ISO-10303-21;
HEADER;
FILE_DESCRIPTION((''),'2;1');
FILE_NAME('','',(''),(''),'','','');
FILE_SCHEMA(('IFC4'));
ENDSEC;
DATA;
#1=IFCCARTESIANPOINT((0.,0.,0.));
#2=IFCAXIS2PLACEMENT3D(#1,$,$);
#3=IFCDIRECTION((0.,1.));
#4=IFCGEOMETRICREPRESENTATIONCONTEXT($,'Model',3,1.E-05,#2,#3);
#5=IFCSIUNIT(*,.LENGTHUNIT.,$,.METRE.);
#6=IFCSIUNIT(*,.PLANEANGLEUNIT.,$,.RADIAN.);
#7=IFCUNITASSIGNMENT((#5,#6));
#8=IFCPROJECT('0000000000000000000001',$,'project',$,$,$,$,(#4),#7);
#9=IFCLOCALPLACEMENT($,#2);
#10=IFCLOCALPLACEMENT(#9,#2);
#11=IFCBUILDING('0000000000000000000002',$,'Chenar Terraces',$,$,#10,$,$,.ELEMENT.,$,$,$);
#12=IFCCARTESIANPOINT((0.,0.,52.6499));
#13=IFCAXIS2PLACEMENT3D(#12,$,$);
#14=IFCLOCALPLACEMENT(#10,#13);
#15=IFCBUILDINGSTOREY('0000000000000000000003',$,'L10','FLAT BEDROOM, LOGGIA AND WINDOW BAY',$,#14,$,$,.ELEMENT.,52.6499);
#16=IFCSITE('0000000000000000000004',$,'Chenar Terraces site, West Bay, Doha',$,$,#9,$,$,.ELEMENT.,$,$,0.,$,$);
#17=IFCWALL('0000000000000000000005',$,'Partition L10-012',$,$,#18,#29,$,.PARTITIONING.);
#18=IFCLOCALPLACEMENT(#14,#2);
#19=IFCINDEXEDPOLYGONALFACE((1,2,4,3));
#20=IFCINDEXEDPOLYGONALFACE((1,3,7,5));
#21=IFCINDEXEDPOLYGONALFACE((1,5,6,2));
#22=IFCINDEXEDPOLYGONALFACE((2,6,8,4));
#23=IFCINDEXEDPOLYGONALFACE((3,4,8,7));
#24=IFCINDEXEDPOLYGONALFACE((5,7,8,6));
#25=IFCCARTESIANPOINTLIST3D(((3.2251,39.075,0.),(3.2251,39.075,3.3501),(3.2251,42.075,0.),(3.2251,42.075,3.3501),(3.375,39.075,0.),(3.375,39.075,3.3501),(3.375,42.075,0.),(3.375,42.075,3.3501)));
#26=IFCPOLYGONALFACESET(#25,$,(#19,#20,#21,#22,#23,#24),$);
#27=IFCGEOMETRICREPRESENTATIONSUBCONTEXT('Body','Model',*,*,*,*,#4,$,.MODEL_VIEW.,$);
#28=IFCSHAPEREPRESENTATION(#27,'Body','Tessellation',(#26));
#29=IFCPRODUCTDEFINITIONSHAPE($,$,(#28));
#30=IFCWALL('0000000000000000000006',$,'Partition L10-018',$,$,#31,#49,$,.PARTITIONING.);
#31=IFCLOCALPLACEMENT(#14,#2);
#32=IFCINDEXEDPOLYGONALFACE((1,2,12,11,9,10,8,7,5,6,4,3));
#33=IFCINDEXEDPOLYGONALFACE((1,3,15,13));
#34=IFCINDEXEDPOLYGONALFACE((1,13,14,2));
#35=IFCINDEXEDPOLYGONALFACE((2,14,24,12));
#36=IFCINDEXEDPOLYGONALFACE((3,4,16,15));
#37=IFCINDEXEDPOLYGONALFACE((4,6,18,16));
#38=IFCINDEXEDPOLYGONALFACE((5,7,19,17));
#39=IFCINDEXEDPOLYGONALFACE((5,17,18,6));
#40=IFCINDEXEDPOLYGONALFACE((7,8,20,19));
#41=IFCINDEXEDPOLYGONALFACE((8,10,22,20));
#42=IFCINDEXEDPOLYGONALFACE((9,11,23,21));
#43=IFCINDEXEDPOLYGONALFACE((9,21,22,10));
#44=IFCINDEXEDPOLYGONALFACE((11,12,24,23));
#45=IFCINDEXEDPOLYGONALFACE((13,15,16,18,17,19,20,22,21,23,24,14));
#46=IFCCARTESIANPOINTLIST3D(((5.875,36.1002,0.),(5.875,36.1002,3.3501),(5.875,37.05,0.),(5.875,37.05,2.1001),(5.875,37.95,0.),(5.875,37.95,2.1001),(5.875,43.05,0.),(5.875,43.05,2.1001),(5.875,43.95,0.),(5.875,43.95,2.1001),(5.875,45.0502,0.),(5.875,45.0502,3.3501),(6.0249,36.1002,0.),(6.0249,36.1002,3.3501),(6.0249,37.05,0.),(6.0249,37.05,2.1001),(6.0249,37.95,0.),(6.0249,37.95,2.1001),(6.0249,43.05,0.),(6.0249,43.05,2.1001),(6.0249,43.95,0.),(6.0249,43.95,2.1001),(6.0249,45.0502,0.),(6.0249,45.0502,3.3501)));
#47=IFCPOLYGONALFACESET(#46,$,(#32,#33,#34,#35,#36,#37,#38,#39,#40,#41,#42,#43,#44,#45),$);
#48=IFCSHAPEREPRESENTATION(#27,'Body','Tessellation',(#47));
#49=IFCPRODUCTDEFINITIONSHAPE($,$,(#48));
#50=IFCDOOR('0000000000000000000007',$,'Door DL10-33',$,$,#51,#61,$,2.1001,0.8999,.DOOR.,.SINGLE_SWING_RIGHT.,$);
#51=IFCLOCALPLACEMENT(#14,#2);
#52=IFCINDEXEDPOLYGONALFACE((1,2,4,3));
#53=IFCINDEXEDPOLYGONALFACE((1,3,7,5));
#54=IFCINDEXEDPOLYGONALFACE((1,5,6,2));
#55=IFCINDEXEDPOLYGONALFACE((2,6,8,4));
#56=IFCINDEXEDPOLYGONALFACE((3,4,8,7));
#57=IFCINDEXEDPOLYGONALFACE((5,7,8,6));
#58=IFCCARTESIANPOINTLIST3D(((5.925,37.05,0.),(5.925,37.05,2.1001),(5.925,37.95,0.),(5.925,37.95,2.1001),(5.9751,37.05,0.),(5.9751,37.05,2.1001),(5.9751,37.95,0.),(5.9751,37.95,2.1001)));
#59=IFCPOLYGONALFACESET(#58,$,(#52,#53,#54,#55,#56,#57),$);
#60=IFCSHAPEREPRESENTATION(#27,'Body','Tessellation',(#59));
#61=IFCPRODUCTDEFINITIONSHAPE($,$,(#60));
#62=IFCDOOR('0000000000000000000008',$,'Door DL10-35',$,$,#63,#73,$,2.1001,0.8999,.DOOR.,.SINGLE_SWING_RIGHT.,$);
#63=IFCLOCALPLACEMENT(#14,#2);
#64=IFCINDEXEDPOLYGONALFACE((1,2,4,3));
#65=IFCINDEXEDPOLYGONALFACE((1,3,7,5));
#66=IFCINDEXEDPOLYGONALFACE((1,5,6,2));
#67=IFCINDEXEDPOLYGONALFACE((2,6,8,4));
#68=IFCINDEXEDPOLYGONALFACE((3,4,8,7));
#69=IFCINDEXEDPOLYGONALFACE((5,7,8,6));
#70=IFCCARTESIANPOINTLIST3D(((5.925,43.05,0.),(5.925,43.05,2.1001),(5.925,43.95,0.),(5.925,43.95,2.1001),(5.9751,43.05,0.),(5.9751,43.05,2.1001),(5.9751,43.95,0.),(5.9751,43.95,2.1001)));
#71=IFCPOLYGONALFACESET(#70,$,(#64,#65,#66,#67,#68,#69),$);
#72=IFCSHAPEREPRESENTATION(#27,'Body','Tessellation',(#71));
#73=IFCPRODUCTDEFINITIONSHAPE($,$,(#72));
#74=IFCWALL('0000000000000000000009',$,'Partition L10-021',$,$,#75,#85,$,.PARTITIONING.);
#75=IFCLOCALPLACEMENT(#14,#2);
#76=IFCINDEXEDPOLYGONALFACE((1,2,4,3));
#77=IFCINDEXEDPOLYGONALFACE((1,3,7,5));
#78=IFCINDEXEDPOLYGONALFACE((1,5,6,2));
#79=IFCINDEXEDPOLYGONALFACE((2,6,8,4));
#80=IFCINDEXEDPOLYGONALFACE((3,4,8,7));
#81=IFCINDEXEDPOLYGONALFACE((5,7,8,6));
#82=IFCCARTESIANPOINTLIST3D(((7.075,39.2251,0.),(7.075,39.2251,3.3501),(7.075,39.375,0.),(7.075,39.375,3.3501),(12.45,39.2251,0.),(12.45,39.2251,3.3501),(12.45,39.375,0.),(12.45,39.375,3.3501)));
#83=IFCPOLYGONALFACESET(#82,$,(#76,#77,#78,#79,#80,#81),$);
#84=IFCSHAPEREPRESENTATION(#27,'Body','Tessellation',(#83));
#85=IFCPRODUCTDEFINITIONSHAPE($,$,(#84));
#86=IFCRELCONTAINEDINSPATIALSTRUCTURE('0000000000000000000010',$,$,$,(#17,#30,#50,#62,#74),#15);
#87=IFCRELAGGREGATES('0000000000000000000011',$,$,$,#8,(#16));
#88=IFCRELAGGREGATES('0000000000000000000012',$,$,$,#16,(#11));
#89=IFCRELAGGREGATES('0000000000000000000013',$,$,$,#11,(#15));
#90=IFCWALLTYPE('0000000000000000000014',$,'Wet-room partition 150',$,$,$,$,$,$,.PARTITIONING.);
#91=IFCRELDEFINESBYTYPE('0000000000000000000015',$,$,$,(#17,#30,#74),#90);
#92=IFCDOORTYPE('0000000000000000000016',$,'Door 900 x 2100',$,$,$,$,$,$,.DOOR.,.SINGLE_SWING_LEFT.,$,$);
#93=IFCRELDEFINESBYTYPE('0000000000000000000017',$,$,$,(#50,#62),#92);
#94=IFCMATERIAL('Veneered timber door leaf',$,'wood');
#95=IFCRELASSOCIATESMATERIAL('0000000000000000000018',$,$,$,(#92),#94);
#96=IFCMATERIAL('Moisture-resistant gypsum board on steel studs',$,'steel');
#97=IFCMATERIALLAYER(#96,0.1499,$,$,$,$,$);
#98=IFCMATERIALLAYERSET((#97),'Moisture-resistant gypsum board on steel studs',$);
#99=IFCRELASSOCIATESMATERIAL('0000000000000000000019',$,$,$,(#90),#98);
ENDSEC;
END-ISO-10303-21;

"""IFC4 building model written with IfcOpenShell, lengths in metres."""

from ifc_helpers import new_model, si_unit, direction, frame, frame_2d, origin, place, context, subcontext, project, spatial, rectangle, extrude, material, layer, layer_set, type_object, element, fill, save


model = new_model("IFC4")

# Units and contexts
model_context = context("Model", 3, precision=1e-05, world=origin(), true_north=direction((0.0, 1.0)))
body_context = subcontext(model_context, "Body", "Model", "MODEL_VIEW")
ifc_project = project(units=[si_unit("LENGTHUNIT", "METRE"), si_unit("PLANEANGLEUNIT", "RADIAN")], contexts=[model_context])

# Site, building, storey
site_placement = place(None, origin())
site = spatial("IfcSite", under=ifc_project, at=site_placement, Name="Chenar Terraces site, West Bay, Doha", CompositionType="ELEMENT", RefElevation=0.0)
building_placement = place(site_placement, origin())
building = spatial("IfcBuilding", under=site, at=building_placement, Name="Chenar Terraces", CompositionType="ELEMENT")
storey_placement = place(building_placement, frame((0.0, 0.0, 52.6499)))
storey = spatial("IfcBuildingStorey", under=building, at=storey_placement, Name="L10", Description="FLAT BEDROOM, LOGGIA AND WINDOW BAY", CompositionType="ELEMENT", Elevation=52.6499)

# Shared definitions
ifc_material_1 = material(Name="Veneered timber door leaf", Category="wood")
door_type_1 = type_object("IfcDoorType", Name="Door 900 x 2100", OperationType="SINGLE_SWING_LEFT", PredefinedType="DOOR", material=ifc_material_1)

# Wall
ifc_material_2 = material(Name="Moisture-resistant gypsum board on steel studs", Category="steel")
ifc_layer_1 = layer(ifc_material_2, 0.1499)
ifc_layer_set_1 = layer_set([ifc_layer_1], Name="Moisture-resistant gypsum board on steel studs")
wall_type_1 = type_object("IfcWallType", Name="Wet-room partition 150", PredefinedType="PARTITIONING", material=ifc_layer_set_1)
wall_1_placement = place(storey_placement, frame((3.3, 39.075, 0.0), z_axis=(0.0, 0.0, 1.0), x_axis=(0.0, 1.0, 0.0)))
element("IfcWall", 1, at=wall_1_placement, inside=storey, type_object=wall_type_1, Name="Partition L10-012", PredefinedType="PARTITIONING", context=body_context, shape_type="SweptSolid", body=[
    extrude(rectangle(XDim=3.0, YDim=0.1499, at=frame_2d((1.5, 0.0))), origin(), (0.0, 0.0, 1.0), 3.3501),
])

# Wall, openings, doors
wall_2_placement = place(storey_placement, frame((5.95, 36.1001, 0.0), z_axis=(0.0, 0.0, 1.0), x_axis=(0.0, 1.0, 0.0)))
wall_2 = element("IfcWall", 2, at=wall_2_placement, inside=storey, type_object=wall_type_1, Name="Partition L10-018", PredefinedType="PARTITIONING", context=body_context, shape_type="SweptSolid", body=[
    extrude(rectangle(XDim=8.95, YDim=0.1499, at=frame_2d((4.4751, 0.0))), origin(), (0.0, 0.0, 1.0), 3.3501),
])
opening_1_placement = place(wall_2_placement, frame((0.95, 0.0, 0.0)))
opening_1 = element("IfcOpeningElement", 3, at=opening_1_placement, cuts=wall_2, PredefinedType="OPENING", context=body_context, shape_type="SweptSolid", body=[
    extrude(rectangle(XDim=0.8999, YDim=2.1001, at=frame_2d((0.45, 1.05))), frame((0.0, 0.085, 0.0), z_axis=(0.0, -1.0, 0.0), x_axis=(1.0, 0.0, 0.0)), (0.0, 0.0, 1.0), 0.1699),
])
opening_2_placement = place(wall_2_placement, frame((6.95, 0.0, 0.0)))
opening_2 = element("IfcOpeningElement", 4, at=opening_2_placement, cuts=wall_2, PredefinedType="OPENING", context=body_context, shape_type="SweptSolid", body=[
    extrude(rectangle(XDim=0.8999, YDim=2.1001, at=frame_2d((0.45, 1.05))), frame((0.0, 0.085, 0.0), z_axis=(0.0, -1.0, 0.0), x_axis=(1.0, 0.0, 0.0)), (0.0, 0.0, 1.0), 0.1699),
])
door_1_placement = place(opening_1_placement, origin())
door_1 = element("IfcDoor", 5, at=door_1_placement, inside=storey, type_object=door_type_1, Name="Door DL10-33", OperationType="SINGLE_SWING_RIGHT", OverallHeight=2.1001, OverallWidth=0.8999, PredefinedType="DOOR", context=body_context, shape_type="SweptSolid", body=[
    extrude(rectangle(XDim=0.8999, YDim=2.1001, at=frame_2d((0.45, 1.05))), frame((0.0, 0.0249, 0.0), z_axis=(0.0, -1.0, 0.0), x_axis=(1.0, 0.0, 0.0)), (0.0, 0.0, 1.0), 0.05),
])
fill(opening_1, door_1)
door_2_placement = place(opening_2_placement, origin())
door_2 = element("IfcDoor", 6, at=door_2_placement, inside=storey, type_object=door_type_1, Name="Door DL10-35", OperationType="SINGLE_SWING_RIGHT", OverallHeight=2.1001, OverallWidth=0.8999, PredefinedType="DOOR", context=body_context, shape_type="SweptSolid", body=[
    extrude(rectangle(XDim=0.8999, YDim=2.1001, at=frame_2d((0.45, 1.05))), frame((0.0, 0.0249, 0.0), z_axis=(0.0, -1.0, 0.0), x_axis=(1.0, 0.0, 0.0)), (0.0, 0.0, 1.0), 0.05),
])
fill(opening_2, door_2)

# Wall
wall_3_placement = place(storey_placement, frame((7.075, 39.3, 0.0), z_axis=(0.0, 0.0, 1.0), x_axis=(1.0, 0.0, 0.0)))
element("IfcWall", 7, at=wall_3_placement, inside=storey, type_object=wall_type_1, Name="Partition L10-021", PredefinedType="PARTITIONING", context=body_context, shape_type="SweptSolid", body=[
    extrude(rectangle(XDim=5.375, YDim=0.1499, at=frame_2d((2.6875, 0.0))), origin(), (0.0, 0.0, 1.0), 3.3501),
])

save(model, "model.ifc")
